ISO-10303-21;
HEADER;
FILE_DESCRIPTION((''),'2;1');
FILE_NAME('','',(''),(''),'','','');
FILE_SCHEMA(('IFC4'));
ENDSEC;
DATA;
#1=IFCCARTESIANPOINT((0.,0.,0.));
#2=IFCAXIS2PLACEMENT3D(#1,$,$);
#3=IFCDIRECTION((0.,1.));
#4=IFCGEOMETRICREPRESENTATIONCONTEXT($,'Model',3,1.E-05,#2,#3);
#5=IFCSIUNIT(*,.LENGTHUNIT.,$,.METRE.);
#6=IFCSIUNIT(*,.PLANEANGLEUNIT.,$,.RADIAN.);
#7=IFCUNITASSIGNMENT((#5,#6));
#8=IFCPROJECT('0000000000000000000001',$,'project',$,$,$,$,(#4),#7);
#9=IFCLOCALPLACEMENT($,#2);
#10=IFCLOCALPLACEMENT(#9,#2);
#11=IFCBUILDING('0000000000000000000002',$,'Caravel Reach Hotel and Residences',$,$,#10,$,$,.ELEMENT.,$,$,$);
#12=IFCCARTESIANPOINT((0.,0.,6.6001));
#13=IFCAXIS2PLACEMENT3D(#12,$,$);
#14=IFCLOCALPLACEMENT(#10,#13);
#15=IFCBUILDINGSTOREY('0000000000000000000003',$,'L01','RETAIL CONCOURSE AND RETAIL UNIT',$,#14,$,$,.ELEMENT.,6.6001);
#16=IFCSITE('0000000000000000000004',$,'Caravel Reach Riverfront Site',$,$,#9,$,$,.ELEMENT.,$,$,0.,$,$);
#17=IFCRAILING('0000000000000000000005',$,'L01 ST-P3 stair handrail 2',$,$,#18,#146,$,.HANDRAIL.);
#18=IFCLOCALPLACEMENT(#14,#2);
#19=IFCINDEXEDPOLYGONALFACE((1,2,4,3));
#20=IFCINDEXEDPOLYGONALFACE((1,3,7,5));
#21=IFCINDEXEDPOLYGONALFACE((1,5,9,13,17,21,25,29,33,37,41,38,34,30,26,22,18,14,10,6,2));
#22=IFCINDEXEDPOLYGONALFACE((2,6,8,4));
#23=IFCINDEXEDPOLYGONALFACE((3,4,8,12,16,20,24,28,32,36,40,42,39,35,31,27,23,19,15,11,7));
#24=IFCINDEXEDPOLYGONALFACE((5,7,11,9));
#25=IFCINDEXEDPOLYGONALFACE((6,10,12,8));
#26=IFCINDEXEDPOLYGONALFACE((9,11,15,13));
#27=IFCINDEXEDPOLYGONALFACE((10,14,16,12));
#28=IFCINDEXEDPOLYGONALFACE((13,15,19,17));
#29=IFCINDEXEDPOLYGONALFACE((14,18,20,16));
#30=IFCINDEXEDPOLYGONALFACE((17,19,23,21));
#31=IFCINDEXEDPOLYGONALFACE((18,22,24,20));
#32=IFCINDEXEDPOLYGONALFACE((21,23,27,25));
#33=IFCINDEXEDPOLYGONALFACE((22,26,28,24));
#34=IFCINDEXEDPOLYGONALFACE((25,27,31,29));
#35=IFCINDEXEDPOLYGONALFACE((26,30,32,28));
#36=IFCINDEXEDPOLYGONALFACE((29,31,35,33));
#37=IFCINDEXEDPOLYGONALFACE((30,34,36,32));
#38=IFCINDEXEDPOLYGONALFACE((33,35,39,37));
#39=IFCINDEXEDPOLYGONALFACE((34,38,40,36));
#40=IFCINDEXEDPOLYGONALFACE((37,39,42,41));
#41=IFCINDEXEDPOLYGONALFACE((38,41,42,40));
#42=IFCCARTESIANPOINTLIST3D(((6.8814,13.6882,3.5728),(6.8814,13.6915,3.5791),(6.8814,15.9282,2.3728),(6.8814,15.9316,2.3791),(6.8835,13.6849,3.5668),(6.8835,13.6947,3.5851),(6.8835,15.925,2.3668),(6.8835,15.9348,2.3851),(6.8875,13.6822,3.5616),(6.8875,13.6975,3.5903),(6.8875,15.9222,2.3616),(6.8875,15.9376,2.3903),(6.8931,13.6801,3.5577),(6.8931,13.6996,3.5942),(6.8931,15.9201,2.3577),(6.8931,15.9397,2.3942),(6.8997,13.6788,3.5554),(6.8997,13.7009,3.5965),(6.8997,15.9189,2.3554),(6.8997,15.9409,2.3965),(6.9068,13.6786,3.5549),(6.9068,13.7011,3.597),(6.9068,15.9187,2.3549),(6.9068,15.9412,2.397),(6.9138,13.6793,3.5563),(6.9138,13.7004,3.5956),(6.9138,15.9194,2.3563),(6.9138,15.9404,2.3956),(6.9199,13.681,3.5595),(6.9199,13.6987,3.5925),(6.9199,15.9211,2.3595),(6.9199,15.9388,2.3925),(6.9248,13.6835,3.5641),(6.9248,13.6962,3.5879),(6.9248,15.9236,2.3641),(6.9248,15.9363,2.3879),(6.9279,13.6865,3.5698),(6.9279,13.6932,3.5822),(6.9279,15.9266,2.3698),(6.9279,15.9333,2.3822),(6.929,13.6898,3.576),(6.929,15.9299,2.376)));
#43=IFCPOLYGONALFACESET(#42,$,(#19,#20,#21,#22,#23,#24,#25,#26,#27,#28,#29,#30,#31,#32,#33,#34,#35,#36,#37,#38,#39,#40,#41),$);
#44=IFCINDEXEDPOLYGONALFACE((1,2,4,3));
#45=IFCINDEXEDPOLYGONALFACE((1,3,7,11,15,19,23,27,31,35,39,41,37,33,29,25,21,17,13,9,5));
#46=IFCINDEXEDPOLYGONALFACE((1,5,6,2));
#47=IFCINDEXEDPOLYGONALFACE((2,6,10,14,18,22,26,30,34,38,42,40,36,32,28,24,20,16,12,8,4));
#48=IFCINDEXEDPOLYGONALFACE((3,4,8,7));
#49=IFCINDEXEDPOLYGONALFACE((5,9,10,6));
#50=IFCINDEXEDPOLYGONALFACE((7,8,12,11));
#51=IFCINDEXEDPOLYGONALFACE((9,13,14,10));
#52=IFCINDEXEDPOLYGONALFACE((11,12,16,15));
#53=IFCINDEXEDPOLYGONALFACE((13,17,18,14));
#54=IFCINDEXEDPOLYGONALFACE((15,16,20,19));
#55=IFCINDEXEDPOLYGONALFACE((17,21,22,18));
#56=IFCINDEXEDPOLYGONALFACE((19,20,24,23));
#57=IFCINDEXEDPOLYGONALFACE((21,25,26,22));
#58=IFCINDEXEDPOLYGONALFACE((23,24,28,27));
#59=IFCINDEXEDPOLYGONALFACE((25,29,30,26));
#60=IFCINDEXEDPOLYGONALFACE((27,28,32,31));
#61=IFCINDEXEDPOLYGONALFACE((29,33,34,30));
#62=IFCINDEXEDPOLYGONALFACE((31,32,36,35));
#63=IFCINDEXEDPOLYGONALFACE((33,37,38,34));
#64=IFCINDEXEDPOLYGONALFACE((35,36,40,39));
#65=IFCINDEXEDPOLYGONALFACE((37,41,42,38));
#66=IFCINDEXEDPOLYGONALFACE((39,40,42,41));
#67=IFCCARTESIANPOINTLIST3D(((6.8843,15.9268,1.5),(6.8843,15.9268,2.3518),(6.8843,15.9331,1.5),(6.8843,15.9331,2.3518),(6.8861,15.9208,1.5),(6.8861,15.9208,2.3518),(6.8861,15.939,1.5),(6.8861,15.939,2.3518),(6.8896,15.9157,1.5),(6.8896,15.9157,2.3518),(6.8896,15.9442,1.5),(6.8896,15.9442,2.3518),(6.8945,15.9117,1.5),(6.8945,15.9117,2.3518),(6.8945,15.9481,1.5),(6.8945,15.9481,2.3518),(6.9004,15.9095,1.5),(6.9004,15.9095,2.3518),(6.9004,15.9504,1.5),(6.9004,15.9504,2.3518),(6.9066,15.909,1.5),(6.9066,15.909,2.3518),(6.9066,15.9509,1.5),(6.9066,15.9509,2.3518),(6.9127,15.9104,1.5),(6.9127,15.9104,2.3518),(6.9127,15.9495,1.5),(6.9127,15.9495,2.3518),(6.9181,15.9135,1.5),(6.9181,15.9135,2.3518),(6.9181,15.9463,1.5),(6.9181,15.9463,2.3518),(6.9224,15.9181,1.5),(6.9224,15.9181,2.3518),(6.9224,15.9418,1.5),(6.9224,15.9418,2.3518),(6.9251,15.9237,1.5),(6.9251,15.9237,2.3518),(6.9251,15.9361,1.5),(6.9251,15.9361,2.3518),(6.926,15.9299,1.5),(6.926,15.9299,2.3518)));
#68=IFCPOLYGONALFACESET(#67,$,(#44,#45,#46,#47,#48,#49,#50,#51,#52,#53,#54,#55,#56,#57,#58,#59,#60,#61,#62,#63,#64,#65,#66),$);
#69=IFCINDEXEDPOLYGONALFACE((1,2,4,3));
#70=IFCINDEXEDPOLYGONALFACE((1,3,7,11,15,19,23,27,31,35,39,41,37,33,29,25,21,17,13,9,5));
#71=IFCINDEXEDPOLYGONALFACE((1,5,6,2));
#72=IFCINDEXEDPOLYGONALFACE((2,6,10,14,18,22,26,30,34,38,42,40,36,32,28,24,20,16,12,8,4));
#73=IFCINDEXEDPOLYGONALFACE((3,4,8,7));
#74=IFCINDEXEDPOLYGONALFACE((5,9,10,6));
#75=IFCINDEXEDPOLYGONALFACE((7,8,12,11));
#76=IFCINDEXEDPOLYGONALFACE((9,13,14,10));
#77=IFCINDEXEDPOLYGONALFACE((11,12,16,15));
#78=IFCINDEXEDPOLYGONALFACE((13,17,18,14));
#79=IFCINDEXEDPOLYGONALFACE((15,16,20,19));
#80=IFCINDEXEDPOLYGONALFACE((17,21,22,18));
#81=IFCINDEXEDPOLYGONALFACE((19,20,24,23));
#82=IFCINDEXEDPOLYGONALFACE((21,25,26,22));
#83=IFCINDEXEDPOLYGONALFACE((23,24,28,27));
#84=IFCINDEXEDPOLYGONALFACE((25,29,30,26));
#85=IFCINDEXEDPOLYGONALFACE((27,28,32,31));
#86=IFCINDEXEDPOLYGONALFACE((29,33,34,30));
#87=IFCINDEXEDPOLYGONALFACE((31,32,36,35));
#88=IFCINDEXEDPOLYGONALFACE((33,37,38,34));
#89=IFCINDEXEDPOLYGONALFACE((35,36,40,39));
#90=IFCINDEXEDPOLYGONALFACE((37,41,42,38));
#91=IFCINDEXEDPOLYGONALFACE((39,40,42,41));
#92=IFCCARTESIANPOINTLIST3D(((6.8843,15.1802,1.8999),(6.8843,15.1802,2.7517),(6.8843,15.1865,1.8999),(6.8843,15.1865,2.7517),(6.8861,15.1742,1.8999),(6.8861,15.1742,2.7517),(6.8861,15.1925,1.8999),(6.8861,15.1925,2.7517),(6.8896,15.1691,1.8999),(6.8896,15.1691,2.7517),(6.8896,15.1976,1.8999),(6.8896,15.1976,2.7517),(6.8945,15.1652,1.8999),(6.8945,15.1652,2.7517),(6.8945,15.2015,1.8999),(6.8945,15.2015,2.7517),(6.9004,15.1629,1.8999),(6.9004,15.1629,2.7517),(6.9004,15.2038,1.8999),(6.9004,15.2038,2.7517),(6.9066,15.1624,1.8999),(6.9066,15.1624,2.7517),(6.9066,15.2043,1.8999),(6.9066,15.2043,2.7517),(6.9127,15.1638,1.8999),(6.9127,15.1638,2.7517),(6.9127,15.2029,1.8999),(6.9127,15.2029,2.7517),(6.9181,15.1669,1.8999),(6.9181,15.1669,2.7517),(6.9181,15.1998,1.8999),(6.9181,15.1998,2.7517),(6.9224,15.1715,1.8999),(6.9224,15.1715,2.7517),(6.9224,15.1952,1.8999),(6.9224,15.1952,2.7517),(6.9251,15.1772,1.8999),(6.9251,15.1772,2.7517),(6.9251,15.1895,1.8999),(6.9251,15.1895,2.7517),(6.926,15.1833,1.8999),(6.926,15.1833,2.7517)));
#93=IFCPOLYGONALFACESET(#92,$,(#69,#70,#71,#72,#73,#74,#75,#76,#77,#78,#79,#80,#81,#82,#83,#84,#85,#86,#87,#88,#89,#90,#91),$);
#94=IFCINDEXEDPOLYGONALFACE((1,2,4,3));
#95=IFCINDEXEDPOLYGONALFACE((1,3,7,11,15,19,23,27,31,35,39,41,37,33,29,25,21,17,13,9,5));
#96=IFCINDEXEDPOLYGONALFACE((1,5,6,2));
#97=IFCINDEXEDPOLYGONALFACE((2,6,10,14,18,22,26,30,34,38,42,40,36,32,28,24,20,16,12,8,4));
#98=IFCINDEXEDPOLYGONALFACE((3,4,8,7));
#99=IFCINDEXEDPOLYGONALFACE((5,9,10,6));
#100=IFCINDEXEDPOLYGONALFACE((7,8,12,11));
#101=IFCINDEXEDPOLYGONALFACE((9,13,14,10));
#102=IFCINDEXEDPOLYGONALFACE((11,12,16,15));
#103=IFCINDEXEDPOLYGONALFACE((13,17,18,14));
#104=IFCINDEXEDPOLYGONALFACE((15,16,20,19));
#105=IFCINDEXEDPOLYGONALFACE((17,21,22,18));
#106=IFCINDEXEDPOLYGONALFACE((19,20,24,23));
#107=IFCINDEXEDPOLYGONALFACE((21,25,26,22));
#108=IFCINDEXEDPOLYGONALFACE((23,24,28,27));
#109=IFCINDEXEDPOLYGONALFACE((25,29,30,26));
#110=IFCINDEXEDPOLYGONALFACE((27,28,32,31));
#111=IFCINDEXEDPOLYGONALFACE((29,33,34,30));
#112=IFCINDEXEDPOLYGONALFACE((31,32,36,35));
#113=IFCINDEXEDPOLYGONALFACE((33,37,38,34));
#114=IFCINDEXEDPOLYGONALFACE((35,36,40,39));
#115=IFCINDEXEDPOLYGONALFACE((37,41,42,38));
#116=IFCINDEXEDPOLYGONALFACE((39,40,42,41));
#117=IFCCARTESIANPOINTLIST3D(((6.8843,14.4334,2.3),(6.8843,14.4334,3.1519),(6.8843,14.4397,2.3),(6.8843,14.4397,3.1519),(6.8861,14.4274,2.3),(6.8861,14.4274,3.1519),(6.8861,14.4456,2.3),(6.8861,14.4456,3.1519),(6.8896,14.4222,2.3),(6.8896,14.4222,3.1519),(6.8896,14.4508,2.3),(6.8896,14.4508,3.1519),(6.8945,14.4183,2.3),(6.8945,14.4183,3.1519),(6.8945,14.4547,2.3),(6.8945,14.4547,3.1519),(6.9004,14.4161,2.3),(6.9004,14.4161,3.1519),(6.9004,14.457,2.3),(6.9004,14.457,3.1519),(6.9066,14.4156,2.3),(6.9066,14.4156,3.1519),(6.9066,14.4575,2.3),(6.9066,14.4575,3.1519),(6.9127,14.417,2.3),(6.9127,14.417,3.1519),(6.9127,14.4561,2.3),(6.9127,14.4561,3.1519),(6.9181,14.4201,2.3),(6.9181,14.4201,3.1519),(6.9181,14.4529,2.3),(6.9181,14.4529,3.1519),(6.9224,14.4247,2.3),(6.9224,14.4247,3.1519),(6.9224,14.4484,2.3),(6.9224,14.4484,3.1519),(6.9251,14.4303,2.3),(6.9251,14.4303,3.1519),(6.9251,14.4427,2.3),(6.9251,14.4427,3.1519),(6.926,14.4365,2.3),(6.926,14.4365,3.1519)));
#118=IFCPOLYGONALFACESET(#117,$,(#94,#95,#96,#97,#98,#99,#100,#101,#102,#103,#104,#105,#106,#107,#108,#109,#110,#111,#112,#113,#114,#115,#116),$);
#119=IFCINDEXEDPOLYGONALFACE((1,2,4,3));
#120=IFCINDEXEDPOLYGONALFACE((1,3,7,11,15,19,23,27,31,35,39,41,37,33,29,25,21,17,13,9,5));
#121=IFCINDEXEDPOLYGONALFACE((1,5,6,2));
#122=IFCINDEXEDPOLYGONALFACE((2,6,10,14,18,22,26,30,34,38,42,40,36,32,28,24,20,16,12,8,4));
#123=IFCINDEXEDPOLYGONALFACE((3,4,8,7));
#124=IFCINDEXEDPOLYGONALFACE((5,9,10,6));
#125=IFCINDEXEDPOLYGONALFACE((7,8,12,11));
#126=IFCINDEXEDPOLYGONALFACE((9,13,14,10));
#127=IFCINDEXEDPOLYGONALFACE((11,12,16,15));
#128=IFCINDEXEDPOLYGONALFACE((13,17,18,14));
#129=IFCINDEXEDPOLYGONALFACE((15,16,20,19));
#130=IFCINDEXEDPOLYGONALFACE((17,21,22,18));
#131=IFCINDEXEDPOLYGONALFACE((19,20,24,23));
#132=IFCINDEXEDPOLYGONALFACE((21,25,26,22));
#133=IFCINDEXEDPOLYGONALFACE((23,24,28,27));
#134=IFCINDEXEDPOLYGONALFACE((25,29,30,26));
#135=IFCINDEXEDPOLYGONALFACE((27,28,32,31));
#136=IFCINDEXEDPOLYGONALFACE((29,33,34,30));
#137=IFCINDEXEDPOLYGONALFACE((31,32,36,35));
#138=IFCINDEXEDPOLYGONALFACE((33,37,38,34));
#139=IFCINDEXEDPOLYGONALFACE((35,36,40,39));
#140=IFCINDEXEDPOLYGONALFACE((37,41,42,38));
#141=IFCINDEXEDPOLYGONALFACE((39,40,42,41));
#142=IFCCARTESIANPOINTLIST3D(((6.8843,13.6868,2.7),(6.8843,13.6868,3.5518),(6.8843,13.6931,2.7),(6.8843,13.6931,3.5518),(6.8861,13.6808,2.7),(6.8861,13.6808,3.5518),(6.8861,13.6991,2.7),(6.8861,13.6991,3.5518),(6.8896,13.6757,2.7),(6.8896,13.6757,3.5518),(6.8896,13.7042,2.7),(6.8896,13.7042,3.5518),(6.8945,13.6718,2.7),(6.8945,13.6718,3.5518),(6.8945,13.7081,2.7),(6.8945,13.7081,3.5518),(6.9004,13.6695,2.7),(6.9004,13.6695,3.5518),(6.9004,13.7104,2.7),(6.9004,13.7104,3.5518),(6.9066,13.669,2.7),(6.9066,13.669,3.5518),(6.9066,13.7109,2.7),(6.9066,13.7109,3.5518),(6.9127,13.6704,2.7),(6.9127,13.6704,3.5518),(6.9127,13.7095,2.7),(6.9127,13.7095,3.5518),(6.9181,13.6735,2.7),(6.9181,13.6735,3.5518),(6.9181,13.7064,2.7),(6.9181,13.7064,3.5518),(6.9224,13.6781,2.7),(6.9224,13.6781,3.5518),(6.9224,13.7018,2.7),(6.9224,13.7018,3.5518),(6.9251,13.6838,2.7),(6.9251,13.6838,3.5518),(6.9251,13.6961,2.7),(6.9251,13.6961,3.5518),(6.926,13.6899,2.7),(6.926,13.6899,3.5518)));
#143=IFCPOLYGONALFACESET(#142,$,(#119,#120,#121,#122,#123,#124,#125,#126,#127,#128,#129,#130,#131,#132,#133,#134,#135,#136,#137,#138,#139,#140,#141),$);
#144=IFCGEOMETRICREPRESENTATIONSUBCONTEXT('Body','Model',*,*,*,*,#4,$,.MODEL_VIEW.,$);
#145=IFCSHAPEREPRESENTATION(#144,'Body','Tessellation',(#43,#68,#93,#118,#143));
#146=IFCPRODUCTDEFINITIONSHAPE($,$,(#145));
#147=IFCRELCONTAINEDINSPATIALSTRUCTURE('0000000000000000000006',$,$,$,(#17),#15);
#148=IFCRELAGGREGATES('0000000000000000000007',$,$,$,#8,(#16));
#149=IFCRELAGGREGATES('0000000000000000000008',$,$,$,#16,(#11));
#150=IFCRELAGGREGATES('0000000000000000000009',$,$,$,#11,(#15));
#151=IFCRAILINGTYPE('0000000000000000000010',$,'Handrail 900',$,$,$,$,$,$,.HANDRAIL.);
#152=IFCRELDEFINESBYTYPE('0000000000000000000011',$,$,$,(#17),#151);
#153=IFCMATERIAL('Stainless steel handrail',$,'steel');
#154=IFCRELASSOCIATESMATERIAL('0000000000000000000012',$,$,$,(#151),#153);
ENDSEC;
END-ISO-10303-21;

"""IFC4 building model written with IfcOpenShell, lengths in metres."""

from ifc_helpers import new_model, si_unit, direction, frame, origin, origin_2d, place, context, subcontext, project, spatial, circle, extrude, material, type_object, element, save


model = new_model("IFC4")

# Units and contexts
model_context = context("Model", 3, precision=1e-05, world=origin(), true_north=direction((0.0, 1.0)))
body_context = subcontext(model_context, "Body", "Model", "MODEL_VIEW")
ifc_project = project(units=[si_unit("LENGTHUNIT", "METRE"), si_unit("PLANEANGLEUNIT", "RADIAN")], contexts=[model_context])

# Site, building, storey
site_placement = place(None, origin())
site = spatial("IfcSite", under=ifc_project, at=site_placement, Name="Caravel Reach Riverfront Site", CompositionType="ELEMENT", RefElevation=0.0)
building_placement = place(site_placement, origin())
building = spatial("IfcBuilding", under=site, at=building_placement, Name="Caravel Reach Hotel and Residences", CompositionType="ELEMENT")
storey_placement = place(building_placement, frame((0.0, 0.0, 6.6001)))
storey = spatial("IfcBuildingStorey", under=building, at=storey_placement, Name="L01", Description="RETAIL CONCOURSE AND RETAIL UNIT", CompositionType="ELEMENT", Elevation=6.6001)

# Railing
ifc_material_1 = material(Name="Stainless steel handrail", Category="steel")
railing_type = type_object("IfcRailingType", Name="Handrail 900", PredefinedType="HANDRAIL", material=ifc_material_1)
for number, where, name in (
    (1, (6.905, 15.9299, 1.5), "L01 ST-P3 stair handrail 2"),
):
    element("IfcRailing", number, at=place(storey_placement, frame(where)), inside=storey, type_object=railing_type, Name=name, PredefinedType="HANDRAIL", context=body_context, shape_type="SweptSolid", body=[
        extrude(circle(Radius=0.0239, at=origin_2d()), frame((0.0, 0.0, 0.876), z_axis=(0.0, -0.881487, 0.472208), x_axis=(1.0, 0.0, 0.0)), (0.0, 0.0, 1.0), 2.5413),
        extrude(circle(Radius=0.021, at=origin_2d()), origin(), (0.0, 0.0, 1.0), 0.8518),
        extrude(circle(Radius=0.021, at=origin_2d()), frame((0.0, -0.7466, 0.3999)), (0.0, 0.0, 1.0), 0.8518),
        extrude(circle(Radius=0.021, at=origin_2d()), frame((0.0, -1.4934, 0.8)), (0.0, 0.0, 1.0), 0.8518),
        extrude(circle(Radius=0.021, at=origin_2d()), frame((0.0, -2.24, 1.2)), (0.0, 0.0, 1.0), 0.8518),
    ])

save(model, "model.ifc")
